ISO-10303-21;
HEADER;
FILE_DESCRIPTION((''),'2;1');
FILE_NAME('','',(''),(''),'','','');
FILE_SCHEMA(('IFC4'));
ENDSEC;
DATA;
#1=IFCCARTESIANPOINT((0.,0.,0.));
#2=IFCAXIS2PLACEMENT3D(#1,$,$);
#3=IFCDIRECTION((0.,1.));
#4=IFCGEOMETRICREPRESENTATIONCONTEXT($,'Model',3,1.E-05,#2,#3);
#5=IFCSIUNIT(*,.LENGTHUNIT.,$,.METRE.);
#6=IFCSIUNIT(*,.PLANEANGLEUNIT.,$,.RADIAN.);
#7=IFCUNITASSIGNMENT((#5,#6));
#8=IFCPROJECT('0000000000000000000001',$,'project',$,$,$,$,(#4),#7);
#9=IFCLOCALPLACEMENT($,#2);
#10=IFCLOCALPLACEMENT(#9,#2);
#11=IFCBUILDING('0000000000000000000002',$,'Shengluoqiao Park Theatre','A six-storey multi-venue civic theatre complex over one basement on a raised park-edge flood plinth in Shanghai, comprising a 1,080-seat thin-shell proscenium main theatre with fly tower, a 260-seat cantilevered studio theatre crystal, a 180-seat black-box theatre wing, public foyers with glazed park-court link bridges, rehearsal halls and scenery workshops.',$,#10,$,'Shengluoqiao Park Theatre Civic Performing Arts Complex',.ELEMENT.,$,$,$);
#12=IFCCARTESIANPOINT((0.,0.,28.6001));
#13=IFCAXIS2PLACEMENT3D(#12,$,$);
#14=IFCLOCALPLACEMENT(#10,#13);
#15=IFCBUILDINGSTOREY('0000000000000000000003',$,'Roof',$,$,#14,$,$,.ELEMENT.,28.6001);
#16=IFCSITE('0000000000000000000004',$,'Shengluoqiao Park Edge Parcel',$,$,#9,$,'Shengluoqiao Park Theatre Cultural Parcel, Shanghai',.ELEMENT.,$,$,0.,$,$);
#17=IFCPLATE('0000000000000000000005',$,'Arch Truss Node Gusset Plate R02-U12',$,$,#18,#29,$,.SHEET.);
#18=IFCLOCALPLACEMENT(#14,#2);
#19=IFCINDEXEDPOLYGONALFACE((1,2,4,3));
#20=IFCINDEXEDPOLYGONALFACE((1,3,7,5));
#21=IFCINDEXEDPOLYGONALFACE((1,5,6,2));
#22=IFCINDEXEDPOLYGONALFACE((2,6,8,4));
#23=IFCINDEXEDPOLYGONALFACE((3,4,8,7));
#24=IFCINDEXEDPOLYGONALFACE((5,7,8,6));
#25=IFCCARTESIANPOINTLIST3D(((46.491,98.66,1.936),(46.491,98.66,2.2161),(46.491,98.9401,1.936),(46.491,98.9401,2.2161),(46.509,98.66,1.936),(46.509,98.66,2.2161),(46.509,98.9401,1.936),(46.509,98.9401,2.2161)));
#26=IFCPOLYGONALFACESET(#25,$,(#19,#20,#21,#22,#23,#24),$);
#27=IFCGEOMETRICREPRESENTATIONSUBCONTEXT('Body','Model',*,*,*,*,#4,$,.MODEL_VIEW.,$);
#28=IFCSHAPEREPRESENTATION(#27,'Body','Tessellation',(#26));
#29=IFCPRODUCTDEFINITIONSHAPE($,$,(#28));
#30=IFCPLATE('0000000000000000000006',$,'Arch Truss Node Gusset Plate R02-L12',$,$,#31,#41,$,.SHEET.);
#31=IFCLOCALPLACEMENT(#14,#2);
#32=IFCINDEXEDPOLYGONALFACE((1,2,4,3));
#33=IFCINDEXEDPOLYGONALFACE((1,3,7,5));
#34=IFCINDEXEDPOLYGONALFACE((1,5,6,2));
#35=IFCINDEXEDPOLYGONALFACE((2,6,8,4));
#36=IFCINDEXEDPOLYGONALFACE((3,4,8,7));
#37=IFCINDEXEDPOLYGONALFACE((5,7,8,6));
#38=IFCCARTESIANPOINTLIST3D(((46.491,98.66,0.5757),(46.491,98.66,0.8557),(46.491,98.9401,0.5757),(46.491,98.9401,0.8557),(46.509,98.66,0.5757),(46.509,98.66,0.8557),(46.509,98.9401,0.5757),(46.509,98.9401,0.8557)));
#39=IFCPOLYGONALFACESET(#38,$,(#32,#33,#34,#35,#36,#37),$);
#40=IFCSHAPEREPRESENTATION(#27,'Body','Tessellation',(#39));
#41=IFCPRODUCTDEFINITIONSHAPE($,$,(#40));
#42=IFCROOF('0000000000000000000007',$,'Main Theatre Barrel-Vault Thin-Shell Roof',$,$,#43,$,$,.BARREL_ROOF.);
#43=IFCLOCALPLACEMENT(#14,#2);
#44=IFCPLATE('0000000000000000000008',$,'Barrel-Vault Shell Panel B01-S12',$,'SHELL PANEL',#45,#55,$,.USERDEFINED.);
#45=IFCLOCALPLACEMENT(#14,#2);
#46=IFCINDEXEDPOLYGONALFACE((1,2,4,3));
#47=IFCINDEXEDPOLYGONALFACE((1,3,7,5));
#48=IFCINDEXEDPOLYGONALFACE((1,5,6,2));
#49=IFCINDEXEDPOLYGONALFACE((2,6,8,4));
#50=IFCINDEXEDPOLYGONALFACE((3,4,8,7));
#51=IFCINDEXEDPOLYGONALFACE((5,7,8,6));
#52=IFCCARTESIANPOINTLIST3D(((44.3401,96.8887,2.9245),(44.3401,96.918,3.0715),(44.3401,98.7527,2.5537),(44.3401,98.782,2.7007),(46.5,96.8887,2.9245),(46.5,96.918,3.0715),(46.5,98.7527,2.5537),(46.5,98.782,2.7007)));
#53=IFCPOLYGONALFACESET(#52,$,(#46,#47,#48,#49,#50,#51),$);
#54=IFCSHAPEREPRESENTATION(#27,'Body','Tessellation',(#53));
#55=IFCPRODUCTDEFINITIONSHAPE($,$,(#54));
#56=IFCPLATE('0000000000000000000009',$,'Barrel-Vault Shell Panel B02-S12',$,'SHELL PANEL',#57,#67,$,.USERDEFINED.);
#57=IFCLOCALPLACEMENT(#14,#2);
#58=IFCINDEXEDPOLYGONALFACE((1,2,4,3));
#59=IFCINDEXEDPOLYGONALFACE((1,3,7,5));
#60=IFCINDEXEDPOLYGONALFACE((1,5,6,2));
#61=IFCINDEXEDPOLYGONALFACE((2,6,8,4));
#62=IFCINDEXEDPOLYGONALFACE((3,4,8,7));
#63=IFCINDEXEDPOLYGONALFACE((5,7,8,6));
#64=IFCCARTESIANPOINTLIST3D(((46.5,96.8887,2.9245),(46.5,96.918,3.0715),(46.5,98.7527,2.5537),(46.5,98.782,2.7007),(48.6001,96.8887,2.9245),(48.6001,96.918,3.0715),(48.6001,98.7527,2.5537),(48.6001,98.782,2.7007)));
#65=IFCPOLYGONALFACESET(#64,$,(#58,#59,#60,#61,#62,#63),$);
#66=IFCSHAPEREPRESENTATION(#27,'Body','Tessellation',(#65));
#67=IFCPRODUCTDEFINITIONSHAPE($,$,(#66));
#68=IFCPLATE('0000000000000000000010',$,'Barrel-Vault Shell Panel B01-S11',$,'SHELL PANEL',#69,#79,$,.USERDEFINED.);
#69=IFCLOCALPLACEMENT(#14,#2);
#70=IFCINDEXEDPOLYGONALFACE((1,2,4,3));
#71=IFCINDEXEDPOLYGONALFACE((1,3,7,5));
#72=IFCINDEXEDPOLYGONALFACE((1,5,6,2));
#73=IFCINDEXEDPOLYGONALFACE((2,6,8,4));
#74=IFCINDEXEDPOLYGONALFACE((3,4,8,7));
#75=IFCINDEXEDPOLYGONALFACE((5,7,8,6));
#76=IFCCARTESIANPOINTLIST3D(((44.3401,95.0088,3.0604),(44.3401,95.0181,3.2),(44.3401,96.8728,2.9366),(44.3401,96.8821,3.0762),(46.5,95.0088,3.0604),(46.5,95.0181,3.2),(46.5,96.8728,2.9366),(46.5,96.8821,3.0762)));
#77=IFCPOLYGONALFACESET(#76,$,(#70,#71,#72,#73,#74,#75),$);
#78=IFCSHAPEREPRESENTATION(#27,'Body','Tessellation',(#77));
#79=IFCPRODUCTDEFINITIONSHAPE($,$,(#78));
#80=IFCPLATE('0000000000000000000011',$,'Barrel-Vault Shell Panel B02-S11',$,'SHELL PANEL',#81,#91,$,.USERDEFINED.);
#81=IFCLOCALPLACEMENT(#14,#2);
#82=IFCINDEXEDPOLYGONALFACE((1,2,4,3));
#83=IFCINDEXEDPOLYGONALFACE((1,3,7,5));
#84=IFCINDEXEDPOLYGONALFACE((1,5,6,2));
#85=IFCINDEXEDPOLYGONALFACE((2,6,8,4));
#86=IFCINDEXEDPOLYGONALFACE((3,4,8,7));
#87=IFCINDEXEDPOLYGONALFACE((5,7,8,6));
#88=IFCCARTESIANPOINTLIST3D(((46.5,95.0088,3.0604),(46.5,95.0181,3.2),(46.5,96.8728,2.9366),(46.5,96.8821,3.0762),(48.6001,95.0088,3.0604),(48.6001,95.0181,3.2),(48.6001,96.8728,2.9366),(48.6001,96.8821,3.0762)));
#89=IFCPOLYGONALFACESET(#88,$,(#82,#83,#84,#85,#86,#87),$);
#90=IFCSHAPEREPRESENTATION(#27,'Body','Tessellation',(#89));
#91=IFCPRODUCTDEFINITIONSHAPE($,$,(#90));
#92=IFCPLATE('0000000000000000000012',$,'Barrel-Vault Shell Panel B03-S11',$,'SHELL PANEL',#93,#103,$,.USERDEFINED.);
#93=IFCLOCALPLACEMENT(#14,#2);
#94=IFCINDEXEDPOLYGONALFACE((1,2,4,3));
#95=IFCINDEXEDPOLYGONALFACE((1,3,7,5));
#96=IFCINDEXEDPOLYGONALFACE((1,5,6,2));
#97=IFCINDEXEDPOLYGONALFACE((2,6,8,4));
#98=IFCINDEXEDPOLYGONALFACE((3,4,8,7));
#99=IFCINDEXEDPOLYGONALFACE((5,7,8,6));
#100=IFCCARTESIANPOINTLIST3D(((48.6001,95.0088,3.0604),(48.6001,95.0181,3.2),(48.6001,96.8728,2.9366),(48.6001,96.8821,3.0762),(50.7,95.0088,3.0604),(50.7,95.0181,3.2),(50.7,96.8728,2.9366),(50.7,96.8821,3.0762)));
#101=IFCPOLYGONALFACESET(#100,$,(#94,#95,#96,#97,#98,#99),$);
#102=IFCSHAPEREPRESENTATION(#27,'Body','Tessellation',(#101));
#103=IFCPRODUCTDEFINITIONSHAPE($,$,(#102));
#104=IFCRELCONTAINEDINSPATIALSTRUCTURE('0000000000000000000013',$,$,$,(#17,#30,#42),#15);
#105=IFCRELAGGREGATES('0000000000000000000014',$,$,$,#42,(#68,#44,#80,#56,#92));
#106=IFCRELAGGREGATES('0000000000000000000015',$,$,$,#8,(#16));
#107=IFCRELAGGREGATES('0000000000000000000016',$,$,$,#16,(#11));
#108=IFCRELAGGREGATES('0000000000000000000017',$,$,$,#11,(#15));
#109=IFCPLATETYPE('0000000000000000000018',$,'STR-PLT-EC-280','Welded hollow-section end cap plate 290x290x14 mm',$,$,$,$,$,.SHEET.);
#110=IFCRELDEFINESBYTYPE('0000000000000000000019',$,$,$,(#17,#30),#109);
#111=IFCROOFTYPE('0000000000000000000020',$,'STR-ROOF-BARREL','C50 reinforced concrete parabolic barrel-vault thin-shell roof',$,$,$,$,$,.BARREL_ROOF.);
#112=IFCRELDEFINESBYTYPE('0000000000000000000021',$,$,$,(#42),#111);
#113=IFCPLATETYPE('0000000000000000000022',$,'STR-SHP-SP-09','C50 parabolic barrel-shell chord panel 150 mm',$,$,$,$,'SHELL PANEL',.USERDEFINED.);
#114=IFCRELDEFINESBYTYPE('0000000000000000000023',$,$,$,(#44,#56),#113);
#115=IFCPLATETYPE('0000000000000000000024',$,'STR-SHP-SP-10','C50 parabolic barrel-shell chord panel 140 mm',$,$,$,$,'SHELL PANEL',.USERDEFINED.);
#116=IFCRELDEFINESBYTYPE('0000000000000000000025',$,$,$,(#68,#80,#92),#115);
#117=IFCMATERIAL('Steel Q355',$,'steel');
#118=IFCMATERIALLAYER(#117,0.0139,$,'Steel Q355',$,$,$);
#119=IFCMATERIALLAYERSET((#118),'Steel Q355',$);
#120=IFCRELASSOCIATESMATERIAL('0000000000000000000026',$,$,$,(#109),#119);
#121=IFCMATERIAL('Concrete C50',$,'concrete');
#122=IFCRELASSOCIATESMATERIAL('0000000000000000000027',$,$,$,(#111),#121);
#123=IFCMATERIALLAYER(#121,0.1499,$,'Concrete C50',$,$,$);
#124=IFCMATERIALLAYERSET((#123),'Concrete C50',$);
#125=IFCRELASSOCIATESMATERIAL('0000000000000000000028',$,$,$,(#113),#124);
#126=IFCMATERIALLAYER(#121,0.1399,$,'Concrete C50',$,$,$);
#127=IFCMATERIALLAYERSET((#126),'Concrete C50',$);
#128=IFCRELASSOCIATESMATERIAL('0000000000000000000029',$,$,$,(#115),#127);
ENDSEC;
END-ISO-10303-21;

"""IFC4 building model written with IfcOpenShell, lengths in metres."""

from ifc_helpers import new_model, si_unit, direction, frame, origin, origin_2d, place, context, subcontext, project, spatial, polyline, rectangle, outline, extrude, material, layer, layer_set, type_object, element, aggregate, save


model = new_model("IFC4")

# Units and contexts
model_context = context("Model", 3, precision=1e-05, world=origin(), true_north=direction((0.0, 1.0)))
body_context = subcontext(model_context, "Body", "Model", "MODEL_VIEW")
ifc_project = project(units=[si_unit("LENGTHUNIT", "METRE"), si_unit("PLANEANGLEUNIT", "RADIAN")], contexts=[model_context])

# Site, building, storey
site_placement = place(None, origin())
site = spatial("IfcSite", under=ifc_project, at=site_placement, Name="Shengluoqiao Park Edge Parcel", LongName="Shengluoqiao Park Theatre Cultural Parcel, Shanghai", CompositionType="ELEMENT", RefElevation=0.0)
building_placement = place(site_placement, origin())
building = spatial("IfcBuilding", under=site, at=building_placement, Name="Shengluoqiao Park Theatre", Description="A six-storey multi-venue civic theatre complex over one basement on a raised park-edge flood plinth in Shanghai, comprising a 1,080-seat thin-shell proscenium main theatre with fly tower, a 260-seat cantilevered studio theatre crystal, a 180-seat black-box theatre wing, public foyers with glazed park-court link bridges, rehearsal halls and scenery workshops.", LongName="Shengluoqiao Park Theatre Civic Performing Arts Complex", CompositionType="ELEMENT")
storey_placement = place(building_placement, frame((0.0, 0.0, 28.6001)))
storey = spatial("IfcBuildingStorey", under=building, at=storey_placement, Name="Roof", CompositionType="ELEMENT", Elevation=28.6001)

# Shared definitions
ifc_material_1 = material(Name="Concrete C50", Category="concrete")
ifc_material_2 = material(Name="Steel Q355", Category="steel")

# Plates
ifc_layer_1 = layer(ifc_material_2, 0.0139, Name="Steel Q355")
ifc_layer_set_1 = layer_set([ifc_layer_1], Name="Steel Q355")
plate_type_1 = type_object("IfcPlateType", Name="STR-PLT-EC-280", Description="Welded hollow-section end cap plate 290x290x14 mm", PredefinedType="SHEET", material=ifc_layer_set_1)
for number, where, z_axis, x_axis, name in (
    (1, (46.5, 98.8, 1.936), (0.0, 0.0, 1.0), (1.0, 0.0, 0.0), "Arch Truss Node Gusset Plate R02-U12"),
    (2, (46.5, 98.8, 0.5757), (0.0, 0.0, 1.0), (1.0, 0.0, 0.0), "Arch Truss Node Gusset Plate R02-L12"),
):
    element("IfcPlate", number, at=place(storey_placement, frame(where, z_axis=z_axis, x_axis=x_axis)), inside=storey, type_object=plate_type_1, Name=name, PredefinedType="SHEET", context=body_context, shape_type="SweptSolid", body=[
        extrude(rectangle(XDim=0.0181, YDim=0.28, at=origin_2d()), origin(), (0.0, 0.0, 1.0), 0.28),
    ])

# Roof, plates
roof_type = type_object("IfcRoofType", Name="STR-ROOF-BARREL", Description="C50 reinforced concrete parabolic barrel-vault thin-shell roof", PredefinedType="BARREL_ROOF", material=ifc_material_1)
roof_placement = place(storey_placement, origin())
roof = element("IfcRoof", 3, at=roof_placement, inside=storey, type_object=roof_type, Name="Main Theatre Barrel-Vault Thin-Shell Roof", PredefinedType="BARREL_ROOF")
ifc_layer_2 = layer(ifc_material_1, 0.1499, Name="Concrete C50")
ifc_layer_set_2 = layer_set([ifc_layer_2], Name="Concrete C50")
plate_type_2 = type_object("IfcPlateType", Name="STR-SHP-SP-09", Description="C50 parabolic barrel-shell chord panel 150 mm", ElementType="SHELL PANEL", PredefinedType="USERDEFINED", material=ifc_layer_set_2)
plate_1_placement = place(storey_placement, frame((44.3401, 96.918, 3.0715), z_axis=(0.0, 0.195128, 0.980778), x_axis=(1.0, 0.0, 0.0)))
plate_1 = element("IfcPlate", 4, at=plate_1_placement, type_object=plate_type_2, Name="Barrel-Vault Shell Panel B01-S12", ObjectType="SHELL PANEL", PredefinedType="USERDEFINED", context=body_context, shape_type="SweptSolid", body=[
    extrude(outline(polyline([(0.0, 0.0), (2.1599, 0.0), (2.1599, 1.9005), (0.0, 1.9005), (0.0, 0.0)])), origin(), (0.0, 0.0, -1.0), 0.1499),
])
plate_2_placement = place(storey_placement, frame((46.5, 96.918, 3.0715), z_axis=(0.0, 0.195128, 0.980778), x_axis=(1.0, 0.0, 0.0)))
plate_2 = element("IfcPlate", 5, at=plate_2_placement, type_object=plate_type_2, Name="Barrel-Vault Shell Panel B02-S12", ObjectType="SHELL PANEL", PredefinedType="USERDEFINED", context=body_context, shape_type="SweptSolid", body=[
    extrude(outline(polyline([(0.0, 0.0), (2.1001, 0.0), (2.1001, 1.9005), (0.0, 1.9005), (0.0, 0.0)])), origin(), (0.0, 0.0, -1.0), 0.1499),
])
ifc_layer_3 = layer(ifc_material_1, 0.1399, Name="Concrete C50")
ifc_layer_set_3 = layer_set([ifc_layer_3], Name="Concrete C50")
plate_type_3 = type_object("IfcPlateType", Name="STR-SHP-SP-10", Description="C50 parabolic barrel-shell chord panel 140 mm", ElementType="SHELL PANEL", PredefinedType="USERDEFINED", material=ifc_layer_set_3)
plate_3_placement = place(storey_placement, frame((44.3401, 95.0181, 3.2), z_axis=(0.0, 0.066259, 0.997802), x_axis=(1.0, 0.0, 0.0)))
plate_3 = element("IfcPlate", 6, at=plate_3_placement, type_object=plate_type_3, Name="Barrel-Vault Shell Panel B01-S11", ObjectType="SHELL PANEL", PredefinedType="USERDEFINED", context=body_context, shape_type="SweptSolid", body=[
    extrude(outline(polyline([(0.0, 0.0), (2.1599, 0.0), (2.1599, 1.8681), (0.0, 1.8681), (0.0, 0.0)])), origin(), (0.0, 0.0, -1.0), 0.1399),
])
plate_4_placement = place(storey_placement, frame((46.5, 95.0181, 3.2), z_axis=(0.0, 0.066259, 0.997802), x_axis=(1.0, 0.0, 0.0)))
plate_4 = element("IfcPlate", 7, at=plate_4_placement, type_object=plate_type_3, Name="Barrel-Vault Shell Panel B02-S11", ObjectType="SHELL PANEL", PredefinedType="USERDEFINED", context=body_context, shape_type="SweptSolid", body=[
    extrude(outline(polyline([(0.0, 0.0), (2.1001, 0.0), (2.1001, 1.8681), (0.0, 1.8681), (0.0, 0.0)])), origin(), (0.0, 0.0, -1.0), 0.1399),
])
plate_5_placement = place(storey_placement, frame((48.6001, 95.0181, 3.2), z_axis=(0.0, 0.066259, 0.997802), x_axis=(1.0, 0.0, 0.0)))
plate_5 = element("IfcPlate", 8, at=plate_5_placement, type_object=plate_type_3, Name="Barrel-Vault Shell Panel B03-S11", ObjectType="SHELL PANEL", PredefinedType="USERDEFINED", context=body_context, shape_type="SweptSolid", body=[
    extrude(outline(polyline([(0.0, 0.0), (2.0999, 0.0), (2.0999, 1.8681), (0.0, 1.8681), (0.0, 0.0)])), origin(), (0.0, 0.0, -1.0), 0.1399),
])
aggregate(roof, [plate_3, plate_1, plate_4, plate_2, plate_5])

save(model, "model.ifc")
